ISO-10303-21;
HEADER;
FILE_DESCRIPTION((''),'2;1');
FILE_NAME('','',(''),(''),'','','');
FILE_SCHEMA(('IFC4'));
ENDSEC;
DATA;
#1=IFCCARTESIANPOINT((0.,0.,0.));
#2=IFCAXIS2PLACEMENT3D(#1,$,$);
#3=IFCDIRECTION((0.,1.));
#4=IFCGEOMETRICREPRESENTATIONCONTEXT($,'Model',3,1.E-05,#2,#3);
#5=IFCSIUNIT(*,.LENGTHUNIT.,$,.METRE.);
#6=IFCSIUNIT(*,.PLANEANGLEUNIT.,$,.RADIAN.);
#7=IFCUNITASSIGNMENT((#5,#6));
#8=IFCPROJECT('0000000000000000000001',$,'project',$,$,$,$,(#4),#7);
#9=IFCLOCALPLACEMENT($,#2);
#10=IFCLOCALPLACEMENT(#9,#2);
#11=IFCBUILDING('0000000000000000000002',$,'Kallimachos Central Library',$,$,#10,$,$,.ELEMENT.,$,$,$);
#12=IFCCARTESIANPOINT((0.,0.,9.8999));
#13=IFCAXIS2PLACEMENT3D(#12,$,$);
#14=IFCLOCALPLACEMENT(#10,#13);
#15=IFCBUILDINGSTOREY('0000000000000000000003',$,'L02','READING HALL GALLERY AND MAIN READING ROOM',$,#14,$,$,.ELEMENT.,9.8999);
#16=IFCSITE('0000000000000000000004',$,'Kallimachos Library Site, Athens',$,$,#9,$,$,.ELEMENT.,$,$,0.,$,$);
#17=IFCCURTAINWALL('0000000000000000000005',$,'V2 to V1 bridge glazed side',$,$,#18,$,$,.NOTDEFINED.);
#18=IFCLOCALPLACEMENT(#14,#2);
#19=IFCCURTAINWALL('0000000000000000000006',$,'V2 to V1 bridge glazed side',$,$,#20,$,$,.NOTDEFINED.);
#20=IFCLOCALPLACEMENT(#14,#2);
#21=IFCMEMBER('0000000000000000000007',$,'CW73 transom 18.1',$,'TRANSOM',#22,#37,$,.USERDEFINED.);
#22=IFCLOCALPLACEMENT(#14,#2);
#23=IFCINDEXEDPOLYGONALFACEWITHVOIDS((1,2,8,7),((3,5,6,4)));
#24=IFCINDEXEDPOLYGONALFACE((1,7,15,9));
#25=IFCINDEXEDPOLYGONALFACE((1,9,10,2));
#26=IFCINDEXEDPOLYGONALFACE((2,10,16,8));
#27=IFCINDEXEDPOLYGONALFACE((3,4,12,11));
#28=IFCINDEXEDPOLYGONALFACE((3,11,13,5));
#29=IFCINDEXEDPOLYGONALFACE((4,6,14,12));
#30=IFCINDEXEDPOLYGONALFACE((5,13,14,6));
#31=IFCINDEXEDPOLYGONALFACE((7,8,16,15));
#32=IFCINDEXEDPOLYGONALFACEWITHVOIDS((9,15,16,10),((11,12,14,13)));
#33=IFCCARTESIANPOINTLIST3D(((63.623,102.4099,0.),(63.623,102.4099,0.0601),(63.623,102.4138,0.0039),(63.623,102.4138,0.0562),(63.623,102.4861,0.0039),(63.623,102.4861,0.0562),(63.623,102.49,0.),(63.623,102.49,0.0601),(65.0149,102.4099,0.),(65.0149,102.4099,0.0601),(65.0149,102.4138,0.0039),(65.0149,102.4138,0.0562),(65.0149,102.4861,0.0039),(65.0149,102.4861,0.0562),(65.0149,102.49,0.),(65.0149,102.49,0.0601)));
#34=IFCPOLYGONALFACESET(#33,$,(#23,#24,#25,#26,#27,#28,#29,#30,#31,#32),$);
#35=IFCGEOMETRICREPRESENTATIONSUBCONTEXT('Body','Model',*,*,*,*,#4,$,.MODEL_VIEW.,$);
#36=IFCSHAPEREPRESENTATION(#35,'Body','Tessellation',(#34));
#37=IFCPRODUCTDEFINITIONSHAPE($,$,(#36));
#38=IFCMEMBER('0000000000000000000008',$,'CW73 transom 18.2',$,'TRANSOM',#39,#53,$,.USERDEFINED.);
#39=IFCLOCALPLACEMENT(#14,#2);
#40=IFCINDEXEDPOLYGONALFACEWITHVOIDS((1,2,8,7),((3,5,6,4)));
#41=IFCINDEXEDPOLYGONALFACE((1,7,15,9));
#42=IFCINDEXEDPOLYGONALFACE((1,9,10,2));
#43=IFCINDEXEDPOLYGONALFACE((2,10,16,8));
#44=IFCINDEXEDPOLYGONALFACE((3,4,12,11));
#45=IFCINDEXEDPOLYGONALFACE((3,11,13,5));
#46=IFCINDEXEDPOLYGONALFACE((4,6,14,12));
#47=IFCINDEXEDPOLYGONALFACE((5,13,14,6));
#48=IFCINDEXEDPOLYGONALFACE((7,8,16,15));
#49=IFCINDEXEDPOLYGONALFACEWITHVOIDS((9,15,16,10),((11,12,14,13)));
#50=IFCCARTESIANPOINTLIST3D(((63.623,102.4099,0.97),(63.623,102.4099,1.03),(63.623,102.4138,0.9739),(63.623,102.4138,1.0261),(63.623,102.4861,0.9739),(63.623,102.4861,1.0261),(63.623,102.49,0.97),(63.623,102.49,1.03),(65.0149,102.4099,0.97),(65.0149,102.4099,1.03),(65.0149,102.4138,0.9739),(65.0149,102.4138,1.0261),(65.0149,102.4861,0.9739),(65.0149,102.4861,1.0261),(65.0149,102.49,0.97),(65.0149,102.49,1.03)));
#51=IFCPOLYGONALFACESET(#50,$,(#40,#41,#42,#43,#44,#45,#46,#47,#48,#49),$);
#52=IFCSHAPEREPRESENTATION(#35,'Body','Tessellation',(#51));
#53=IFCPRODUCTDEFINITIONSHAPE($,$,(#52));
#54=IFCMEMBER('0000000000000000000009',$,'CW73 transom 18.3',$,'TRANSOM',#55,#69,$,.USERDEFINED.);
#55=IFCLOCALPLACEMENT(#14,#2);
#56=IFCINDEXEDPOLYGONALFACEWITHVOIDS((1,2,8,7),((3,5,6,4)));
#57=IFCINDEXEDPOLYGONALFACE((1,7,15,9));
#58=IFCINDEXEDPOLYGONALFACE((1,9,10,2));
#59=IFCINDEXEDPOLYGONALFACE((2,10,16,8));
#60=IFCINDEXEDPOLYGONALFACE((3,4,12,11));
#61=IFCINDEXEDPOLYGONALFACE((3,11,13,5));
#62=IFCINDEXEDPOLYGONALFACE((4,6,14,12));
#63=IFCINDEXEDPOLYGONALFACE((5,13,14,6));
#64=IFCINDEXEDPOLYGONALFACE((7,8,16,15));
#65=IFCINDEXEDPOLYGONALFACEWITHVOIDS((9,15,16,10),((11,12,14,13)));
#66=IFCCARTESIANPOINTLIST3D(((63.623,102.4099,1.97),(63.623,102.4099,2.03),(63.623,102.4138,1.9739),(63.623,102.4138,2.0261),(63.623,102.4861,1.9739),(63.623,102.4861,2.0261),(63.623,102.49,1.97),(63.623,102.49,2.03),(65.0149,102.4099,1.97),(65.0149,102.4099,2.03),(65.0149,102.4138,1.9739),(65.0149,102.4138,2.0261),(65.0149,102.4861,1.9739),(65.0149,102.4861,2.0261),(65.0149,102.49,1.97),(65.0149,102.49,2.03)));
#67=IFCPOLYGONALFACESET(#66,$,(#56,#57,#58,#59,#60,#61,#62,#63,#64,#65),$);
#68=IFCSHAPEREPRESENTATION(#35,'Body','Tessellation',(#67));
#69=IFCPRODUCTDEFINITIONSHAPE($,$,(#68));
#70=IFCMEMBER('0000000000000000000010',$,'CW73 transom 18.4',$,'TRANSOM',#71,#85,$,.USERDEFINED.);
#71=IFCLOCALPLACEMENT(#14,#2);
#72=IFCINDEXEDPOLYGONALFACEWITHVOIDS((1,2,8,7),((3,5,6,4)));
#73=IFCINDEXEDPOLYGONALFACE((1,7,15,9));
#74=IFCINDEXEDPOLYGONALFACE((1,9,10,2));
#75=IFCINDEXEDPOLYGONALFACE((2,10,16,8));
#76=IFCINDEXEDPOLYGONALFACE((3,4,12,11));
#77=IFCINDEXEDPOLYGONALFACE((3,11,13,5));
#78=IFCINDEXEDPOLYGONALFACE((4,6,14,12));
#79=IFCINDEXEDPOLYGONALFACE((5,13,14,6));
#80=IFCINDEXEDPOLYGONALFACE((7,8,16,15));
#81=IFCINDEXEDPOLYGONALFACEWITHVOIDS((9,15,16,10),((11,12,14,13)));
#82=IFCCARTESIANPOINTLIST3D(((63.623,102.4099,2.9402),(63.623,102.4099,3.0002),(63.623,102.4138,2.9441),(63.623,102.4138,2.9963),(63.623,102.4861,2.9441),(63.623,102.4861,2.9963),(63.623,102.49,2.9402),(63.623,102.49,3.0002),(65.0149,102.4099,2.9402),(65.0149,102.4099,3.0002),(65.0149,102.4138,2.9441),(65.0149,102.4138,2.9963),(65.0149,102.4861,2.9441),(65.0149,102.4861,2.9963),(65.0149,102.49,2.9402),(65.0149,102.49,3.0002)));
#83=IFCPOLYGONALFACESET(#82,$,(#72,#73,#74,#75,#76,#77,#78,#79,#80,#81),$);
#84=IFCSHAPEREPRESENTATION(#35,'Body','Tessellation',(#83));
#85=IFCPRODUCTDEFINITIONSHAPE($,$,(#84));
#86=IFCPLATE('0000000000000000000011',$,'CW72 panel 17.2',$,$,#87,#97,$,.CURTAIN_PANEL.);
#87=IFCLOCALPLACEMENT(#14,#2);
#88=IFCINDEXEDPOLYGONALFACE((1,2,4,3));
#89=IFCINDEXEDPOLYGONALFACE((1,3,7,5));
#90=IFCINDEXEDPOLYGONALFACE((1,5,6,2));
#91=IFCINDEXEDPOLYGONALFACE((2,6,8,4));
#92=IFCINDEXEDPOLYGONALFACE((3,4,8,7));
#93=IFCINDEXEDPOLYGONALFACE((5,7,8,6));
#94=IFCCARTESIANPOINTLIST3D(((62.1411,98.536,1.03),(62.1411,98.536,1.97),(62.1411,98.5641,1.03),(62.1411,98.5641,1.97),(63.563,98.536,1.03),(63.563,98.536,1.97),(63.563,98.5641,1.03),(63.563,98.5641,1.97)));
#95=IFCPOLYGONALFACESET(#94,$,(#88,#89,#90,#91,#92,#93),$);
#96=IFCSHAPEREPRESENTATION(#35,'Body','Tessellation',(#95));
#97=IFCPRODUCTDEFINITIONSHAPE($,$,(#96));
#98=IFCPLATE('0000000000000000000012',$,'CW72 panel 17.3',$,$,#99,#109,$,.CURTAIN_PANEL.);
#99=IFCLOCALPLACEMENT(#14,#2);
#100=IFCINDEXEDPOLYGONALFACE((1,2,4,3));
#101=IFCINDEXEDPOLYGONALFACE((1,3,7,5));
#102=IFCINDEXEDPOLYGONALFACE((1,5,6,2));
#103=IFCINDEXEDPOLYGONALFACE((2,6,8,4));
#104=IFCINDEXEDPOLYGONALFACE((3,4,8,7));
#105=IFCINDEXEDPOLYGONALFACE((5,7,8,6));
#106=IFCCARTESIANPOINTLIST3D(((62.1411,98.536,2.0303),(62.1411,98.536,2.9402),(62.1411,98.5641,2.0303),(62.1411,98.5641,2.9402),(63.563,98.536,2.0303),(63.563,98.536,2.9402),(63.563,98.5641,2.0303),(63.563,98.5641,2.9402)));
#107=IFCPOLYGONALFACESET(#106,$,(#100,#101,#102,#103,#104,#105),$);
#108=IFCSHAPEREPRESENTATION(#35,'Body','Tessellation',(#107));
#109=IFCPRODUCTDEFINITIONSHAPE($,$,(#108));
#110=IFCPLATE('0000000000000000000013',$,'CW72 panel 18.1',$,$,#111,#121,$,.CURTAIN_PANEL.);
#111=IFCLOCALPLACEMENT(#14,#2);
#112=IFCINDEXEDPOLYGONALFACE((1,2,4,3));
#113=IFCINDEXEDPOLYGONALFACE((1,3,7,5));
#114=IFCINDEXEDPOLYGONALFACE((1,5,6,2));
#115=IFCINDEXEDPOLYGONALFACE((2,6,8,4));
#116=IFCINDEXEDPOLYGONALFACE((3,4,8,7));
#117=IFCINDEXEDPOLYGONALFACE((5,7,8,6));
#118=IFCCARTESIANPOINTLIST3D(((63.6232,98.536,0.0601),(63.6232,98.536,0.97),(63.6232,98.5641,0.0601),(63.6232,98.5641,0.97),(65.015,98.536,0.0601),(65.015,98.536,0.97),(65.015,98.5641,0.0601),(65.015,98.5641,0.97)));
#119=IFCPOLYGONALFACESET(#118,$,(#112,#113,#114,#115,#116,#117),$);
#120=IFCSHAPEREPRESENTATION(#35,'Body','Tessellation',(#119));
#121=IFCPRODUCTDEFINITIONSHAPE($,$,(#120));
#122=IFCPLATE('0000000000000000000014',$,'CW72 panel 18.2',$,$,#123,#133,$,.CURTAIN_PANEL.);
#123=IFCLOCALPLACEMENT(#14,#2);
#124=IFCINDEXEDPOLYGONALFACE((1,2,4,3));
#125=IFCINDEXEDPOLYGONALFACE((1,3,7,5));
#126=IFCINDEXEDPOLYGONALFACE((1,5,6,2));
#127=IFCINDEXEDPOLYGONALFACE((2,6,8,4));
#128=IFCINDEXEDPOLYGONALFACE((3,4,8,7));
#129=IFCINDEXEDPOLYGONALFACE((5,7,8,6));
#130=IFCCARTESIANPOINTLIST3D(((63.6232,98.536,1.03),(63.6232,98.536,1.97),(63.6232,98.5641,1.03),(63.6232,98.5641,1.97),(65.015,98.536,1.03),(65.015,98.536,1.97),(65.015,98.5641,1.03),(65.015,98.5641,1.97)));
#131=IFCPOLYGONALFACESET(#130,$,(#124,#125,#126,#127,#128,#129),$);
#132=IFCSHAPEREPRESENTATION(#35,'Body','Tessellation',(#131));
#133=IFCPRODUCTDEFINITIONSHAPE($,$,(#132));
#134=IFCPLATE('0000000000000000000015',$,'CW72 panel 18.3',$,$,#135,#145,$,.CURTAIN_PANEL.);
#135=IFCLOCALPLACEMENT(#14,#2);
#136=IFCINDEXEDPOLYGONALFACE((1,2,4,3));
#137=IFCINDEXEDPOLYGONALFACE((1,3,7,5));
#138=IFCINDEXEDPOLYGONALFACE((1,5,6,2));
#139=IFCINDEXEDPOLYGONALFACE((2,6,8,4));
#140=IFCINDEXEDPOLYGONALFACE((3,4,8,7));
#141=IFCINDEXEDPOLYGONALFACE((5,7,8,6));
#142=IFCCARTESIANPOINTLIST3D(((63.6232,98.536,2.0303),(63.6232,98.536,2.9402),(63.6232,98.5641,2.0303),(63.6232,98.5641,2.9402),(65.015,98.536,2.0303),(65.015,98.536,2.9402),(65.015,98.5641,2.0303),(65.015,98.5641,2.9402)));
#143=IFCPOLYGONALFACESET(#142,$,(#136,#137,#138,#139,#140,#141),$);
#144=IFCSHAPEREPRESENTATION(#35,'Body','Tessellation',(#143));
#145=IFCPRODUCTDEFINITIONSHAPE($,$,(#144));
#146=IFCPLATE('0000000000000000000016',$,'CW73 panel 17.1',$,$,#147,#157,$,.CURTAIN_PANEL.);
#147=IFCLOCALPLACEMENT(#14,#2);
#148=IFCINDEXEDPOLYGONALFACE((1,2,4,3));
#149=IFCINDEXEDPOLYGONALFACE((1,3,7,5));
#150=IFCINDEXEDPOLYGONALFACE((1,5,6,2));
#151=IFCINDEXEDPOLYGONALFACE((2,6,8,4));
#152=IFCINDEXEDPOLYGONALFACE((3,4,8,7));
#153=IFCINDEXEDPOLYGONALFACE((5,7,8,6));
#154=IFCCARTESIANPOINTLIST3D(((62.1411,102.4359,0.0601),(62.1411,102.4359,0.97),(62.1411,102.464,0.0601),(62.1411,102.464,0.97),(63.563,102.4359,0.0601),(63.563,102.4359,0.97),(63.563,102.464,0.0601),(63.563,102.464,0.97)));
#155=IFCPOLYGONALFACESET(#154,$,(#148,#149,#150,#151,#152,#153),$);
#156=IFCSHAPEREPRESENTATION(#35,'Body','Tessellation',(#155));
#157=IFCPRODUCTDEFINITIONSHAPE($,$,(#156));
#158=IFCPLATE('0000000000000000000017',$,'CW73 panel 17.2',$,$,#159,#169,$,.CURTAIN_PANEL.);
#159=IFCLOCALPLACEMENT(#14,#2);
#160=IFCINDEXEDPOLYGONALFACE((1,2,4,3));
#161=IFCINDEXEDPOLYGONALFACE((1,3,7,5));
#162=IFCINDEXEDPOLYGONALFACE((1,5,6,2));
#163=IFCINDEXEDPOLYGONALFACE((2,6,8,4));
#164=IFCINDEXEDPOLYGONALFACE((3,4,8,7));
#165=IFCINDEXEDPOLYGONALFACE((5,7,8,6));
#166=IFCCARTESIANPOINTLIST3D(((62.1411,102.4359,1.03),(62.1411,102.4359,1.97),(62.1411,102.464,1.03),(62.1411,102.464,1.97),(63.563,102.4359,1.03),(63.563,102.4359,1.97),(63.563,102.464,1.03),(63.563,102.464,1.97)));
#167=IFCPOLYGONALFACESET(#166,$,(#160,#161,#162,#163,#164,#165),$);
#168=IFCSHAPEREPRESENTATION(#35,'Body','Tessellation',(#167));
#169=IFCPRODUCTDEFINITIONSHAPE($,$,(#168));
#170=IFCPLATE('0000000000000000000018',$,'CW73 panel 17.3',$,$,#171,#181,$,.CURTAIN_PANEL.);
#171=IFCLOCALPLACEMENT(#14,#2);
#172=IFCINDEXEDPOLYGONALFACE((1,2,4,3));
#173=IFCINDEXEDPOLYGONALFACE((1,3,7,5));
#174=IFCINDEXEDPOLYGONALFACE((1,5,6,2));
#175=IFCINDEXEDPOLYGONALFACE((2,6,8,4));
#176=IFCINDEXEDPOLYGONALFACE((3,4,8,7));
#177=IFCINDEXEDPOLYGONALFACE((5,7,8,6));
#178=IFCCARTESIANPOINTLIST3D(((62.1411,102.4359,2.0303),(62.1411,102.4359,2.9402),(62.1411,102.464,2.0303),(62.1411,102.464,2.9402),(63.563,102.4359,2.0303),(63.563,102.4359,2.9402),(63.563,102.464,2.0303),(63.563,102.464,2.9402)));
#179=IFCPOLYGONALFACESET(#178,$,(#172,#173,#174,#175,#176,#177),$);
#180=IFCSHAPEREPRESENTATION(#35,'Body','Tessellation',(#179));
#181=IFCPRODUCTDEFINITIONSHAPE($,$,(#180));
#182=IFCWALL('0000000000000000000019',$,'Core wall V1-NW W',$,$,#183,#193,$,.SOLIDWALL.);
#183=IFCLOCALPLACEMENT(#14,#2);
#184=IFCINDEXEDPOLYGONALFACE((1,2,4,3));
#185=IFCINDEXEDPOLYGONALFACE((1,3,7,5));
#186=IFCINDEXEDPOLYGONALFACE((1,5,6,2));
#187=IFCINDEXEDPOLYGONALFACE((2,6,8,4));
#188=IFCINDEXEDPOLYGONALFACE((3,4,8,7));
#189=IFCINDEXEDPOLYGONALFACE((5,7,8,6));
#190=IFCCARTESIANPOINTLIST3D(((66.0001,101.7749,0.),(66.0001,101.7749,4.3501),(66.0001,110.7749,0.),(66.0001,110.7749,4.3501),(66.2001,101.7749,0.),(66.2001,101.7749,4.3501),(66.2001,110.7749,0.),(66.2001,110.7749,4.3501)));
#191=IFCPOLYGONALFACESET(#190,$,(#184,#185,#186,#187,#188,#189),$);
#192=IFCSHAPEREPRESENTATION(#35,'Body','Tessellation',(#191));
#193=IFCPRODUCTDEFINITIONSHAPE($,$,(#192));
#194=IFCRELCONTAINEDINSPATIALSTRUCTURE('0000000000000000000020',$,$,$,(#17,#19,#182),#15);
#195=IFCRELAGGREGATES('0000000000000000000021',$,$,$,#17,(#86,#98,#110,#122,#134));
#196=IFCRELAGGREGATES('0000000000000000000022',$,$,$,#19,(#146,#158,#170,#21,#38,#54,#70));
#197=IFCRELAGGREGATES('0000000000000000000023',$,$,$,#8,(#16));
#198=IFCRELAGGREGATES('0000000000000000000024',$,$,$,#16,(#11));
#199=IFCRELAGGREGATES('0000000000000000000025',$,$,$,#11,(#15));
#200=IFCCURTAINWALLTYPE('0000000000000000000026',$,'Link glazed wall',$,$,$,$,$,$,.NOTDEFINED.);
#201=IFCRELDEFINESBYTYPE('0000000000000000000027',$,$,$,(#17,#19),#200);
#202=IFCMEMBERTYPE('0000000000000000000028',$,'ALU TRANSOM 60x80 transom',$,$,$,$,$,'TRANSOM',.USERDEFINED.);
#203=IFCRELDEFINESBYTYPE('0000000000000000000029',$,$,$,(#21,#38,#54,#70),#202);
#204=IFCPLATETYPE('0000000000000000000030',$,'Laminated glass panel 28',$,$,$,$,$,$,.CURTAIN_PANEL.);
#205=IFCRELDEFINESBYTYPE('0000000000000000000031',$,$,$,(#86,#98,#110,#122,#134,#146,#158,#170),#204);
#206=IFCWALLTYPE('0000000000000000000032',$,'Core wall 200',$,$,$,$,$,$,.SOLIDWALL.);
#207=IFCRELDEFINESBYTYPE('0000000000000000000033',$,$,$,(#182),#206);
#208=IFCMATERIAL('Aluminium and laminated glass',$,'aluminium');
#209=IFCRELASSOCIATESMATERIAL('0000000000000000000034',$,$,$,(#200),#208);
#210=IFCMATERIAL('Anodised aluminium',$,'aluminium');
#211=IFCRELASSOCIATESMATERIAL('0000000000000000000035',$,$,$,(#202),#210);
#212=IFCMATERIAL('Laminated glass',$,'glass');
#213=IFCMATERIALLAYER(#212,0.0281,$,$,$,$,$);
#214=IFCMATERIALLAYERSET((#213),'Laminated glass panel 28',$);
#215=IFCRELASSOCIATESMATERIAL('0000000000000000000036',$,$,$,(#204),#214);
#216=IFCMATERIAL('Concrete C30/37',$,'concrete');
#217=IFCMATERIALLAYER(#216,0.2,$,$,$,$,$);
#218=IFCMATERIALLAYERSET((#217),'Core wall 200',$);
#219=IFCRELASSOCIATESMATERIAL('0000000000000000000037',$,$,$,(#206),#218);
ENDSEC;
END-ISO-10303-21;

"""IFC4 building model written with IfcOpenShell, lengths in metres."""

from ifc_helpers import new_model, si_unit, direction, frame, frame_2d, origin, origin_2d, place, context, subcontext, project, spatial, rectangle, hollow_rectangle, extrude, material, layer, layer_set, material_profile, profile_set, type_object, element, aggregate, save


model = new_model("IFC4")

# Units and contexts
model_context = context("Model", 3, precision=1e-05, world=origin(), true_north=direction((0.0, 1.0)))
body_context = subcontext(model_context, "Body", "Model", "MODEL_VIEW")
ifc_project = project(units=[si_unit("LENGTHUNIT", "METRE"), si_unit("PLANEANGLEUNIT", "RADIAN")], contexts=[model_context])

# Site, building, storey
site_placement = place(None, origin())
site = spatial("IfcSite", under=ifc_project, at=site_placement, Name="Kallimachos Library Site, Athens", CompositionType="ELEMENT", RefElevation=0.0)
building_placement = place(site_placement, origin())
building = spatial("IfcBuilding", under=site, at=building_placement, Name="Kallimachos Central Library", CompositionType="ELEMENT")
storey_placement = place(building_placement, frame((0.0, 0.0, 9.8999)))
storey = spatial("IfcBuildingStorey", under=building, at=storey_placement, Name="L02", Description="READING HALL GALLERY AND MAIN READING ROOM", CompositionType="ELEMENT", Elevation=9.8999)

# Curtain wall
ifc_material_1 = material(Name="Aluminium and laminated glass", Category="aluminium")
curtain_wall_type = type_object("IfcCurtainWallType", Name="Link glazed wall", PredefinedType="NOTDEFINED", material=ifc_material_1)
curtain_wall_1_placement = place(storey_placement, origin())
curtain_wall_1 = element("IfcCurtainWall", 1, at=curtain_wall_1_placement, inside=storey, type_object=curtain_wall_type, Name="V2 to V1 bridge glazed side", PredefinedType="NOTDEFINED")

# Curtain wall
curtain_wall_2_placement = place(storey_placement, origin())
curtain_wall_2 = element("IfcCurtainWall", 2, at=curtain_wall_2_placement, inside=storey, type_object=curtain_wall_type, Name="V2 to V1 bridge glazed side", PredefinedType="NOTDEFINED")

# Members
ifc_material_2 = material(Name="Anodised aluminium", Category="aluminium")
ifc_material_profile_1 = material_profile(ifc_material_2, hollow_rectangle(XDim=0.0601, YDim=0.0801, WallThickness=0.0039, at=origin_2d()), Name="ALU TRANSOM 60x80")
ifc_profile_set_1 = profile_set([ifc_material_profile_1], Name="Anodised aluminium")
member_type_1 = type_object("IfcMemberType", Name="ALU TRANSOM 60x80 transom", ElementType="TRANSOM", PredefinedType="USERDEFINED", material=ifc_profile_set_1)
member_1_placement = place(storey_placement, frame((63.623, 102.45, 0.03), z_axis=(1.0, 0.0, 0.0), x_axis=(0.0, 0.0, 1.0)))
member_1 = element("IfcMember", 3, at=member_1_placement, type_object=member_type_1, Name="CW73 transom 18.1", ObjectType="TRANSOM", PredefinedType="USERDEFINED", context=body_context, shape_type="SweptSolid", body=[
    extrude(hollow_rectangle(XDim=0.0601, YDim=0.0801, WallThickness=0.0039, at=origin_2d()), origin(), (0.0, 0.0, 1.0), 1.3918),
])
member_2_placement = place(storey_placement, frame((63.623, 102.45, 1.0), z_axis=(1.0, 0.0, 0.0), x_axis=(0.0, 0.0, 1.0)))
member_2 = element("IfcMember", 4, at=member_2_placement, type_object=member_type_1, Name="CW73 transom 18.2", ObjectType="TRANSOM", PredefinedType="USERDEFINED", context=body_context, shape_type="SweptSolid", body=[
    extrude(hollow_rectangle(XDim=0.0601, YDim=0.0801, WallThickness=0.0039, at=origin_2d()), origin(), (0.0, 0.0, 1.0), 1.3918),
])
member_3_placement = place(storey_placement, frame((63.623, 102.45, 2.0), z_axis=(1.0, 0.0, 0.0), x_axis=(0.0, 0.0, 1.0)))
member_3 = element("IfcMember", 5, at=member_3_placement, type_object=member_type_1, Name="CW73 transom 18.3", ObjectType="TRANSOM", PredefinedType="USERDEFINED", context=body_context, shape_type="SweptSolid", body=[
    extrude(hollow_rectangle(XDim=0.0601, YDim=0.0801, WallThickness=0.0039, at=origin_2d()), origin(), (0.0, 0.0, 1.0), 1.3918),
])
member_4_placement = place(storey_placement, frame((63.623, 102.45, 2.9702), z_axis=(1.0, 0.0, 0.0), x_axis=(0.0, 0.0, 1.0)))
member_4 = element("IfcMember", 6, at=member_4_placement, type_object=member_type_1, Name="CW73 transom 18.4", ObjectType="TRANSOM", PredefinedType="USERDEFINED", context=body_context, shape_type="SweptSolid", body=[
    extrude(hollow_rectangle(XDim=0.0601, YDim=0.0801, WallThickness=0.0039, at=origin_2d()), origin(), (0.0, 0.0, 1.0), 1.3918),
])

# Plates
ifc_material_3 = material(Name="Laminated glass", Category="glass")
ifc_layer_1 = layer(ifc_material_3, 0.0281)
ifc_layer_set_1 = layer_set([ifc_layer_1], Name="Laminated glass panel 28")
plate_type = type_object("IfcPlateType", Name="Laminated glass panel 28", PredefinedType="CURTAIN_PANEL", material=ifc_layer_set_1)
plate_1_placement = place(storey_placement, frame((62.8521, 98.55, 1.03), z_axis=(0.0, 0.0, 1.0), x_axis=(1.0, 0.0, 0.0)))
plate_1 = element("IfcPlate", 7, at=plate_1_placement, type_object=plate_type, Name="CW72 panel 17.2", PredefinedType="CURTAIN_PANEL", context=body_context, shape_type="SweptSolid", body=[
    extrude(rectangle(XDim=1.4219, YDim=0.0281, at=origin_2d()), origin(), (0.0, 0.0, 1.0), 0.9399),
])
plate_2_placement = place(storey_placement, frame((62.8521, 98.55, 2.0303), z_axis=(0.0, 0.0, 1.0), x_axis=(1.0, 0.0, 0.0)))
plate_2 = element("IfcPlate", 8, at=plate_2_placement, type_object=plate_type, Name="CW72 panel 17.3", PredefinedType="CURTAIN_PANEL", context=body_context, shape_type="SweptSolid", body=[
    extrude(rectangle(XDim=1.4219, YDim=0.0281, at=origin_2d()), origin(), (0.0, 0.0, 1.0), 0.9099),
])
plate_3_placement = place(storey_placement, frame((64.3191, 98.55, 0.0601), z_axis=(0.0, 0.0, 1.0), x_axis=(1.0, 0.0, 0.0)))
plate_3 = element("IfcPlate", 9, at=plate_3_placement, type_object=plate_type, Name="CW72 panel 18.1", PredefinedType="CURTAIN_PANEL", context=body_context, shape_type="SweptSolid", body=[
    extrude(rectangle(XDim=1.3918, YDim=0.0281, at=origin_2d()), origin(), (0.0, 0.0, 1.0), 0.9099),
])
plate_4_placement = place(storey_placement, frame((64.3191, 98.55, 1.03), z_axis=(0.0, 0.0, 1.0), x_axis=(1.0, 0.0, 0.0)))
plate_4 = element("IfcPlate", 10, at=plate_4_placement, type_object=plate_type, Name="CW72 panel 18.2", PredefinedType="CURTAIN_PANEL", context=body_context, shape_type="SweptSolid", body=[
    extrude(rectangle(XDim=1.3918, YDim=0.0281, at=origin_2d()), origin(), (0.0, 0.0, 1.0), 0.9399),
])
plate_5_placement = place(storey_placement, frame((64.3191, 98.55, 2.0303), z_axis=(0.0, 0.0, 1.0), x_axis=(1.0, 0.0, 0.0)))
plate_5 = element("IfcPlate", 11, at=plate_5_placement, type_object=plate_type, Name="CW72 panel 18.3", PredefinedType="CURTAIN_PANEL", context=body_context, shape_type="SweptSolid", body=[
    extrude(rectangle(XDim=1.3918, YDim=0.0281, at=origin_2d()), origin(), (0.0, 0.0, 1.0), 0.9099),
])
aggregate(curtain_wall_1, [plate_1, plate_2, plate_3, plate_4, plate_5])
plate_6_placement = place(storey_placement, frame((62.8521, 102.45, 0.0601), z_axis=(0.0, 0.0, 1.0), x_axis=(1.0, 0.0, 0.0)))
plate_6 = element("IfcPlate", 12, at=plate_6_placement, type_object=plate_type, Name="CW73 panel 17.1", PredefinedType="CURTAIN_PANEL", context=body_context, shape_type="SweptSolid", body=[
    extrude(rectangle(XDim=1.4219, YDim=0.0281, at=origin_2d()), origin(), (0.0, 0.0, 1.0), 0.9099),
])
plate_7_placement = place(storey_placement, frame((62.8521, 102.45, 1.03), z_axis=(0.0, 0.0, 1.0), x_axis=(1.0, 0.0, 0.0)))
plate_7 = element("IfcPlate", 13, at=plate_7_placement, type_object=plate_type, Name="CW73 panel 17.2", PredefinedType="CURTAIN_PANEL", context=body_context, shape_type="SweptSolid", body=[
    extrude(rectangle(XDim=1.4219, YDim=0.0281, at=origin_2d()), origin(), (0.0, 0.0, 1.0), 0.9399),
])
plate_8_placement = place(storey_placement, frame((62.8521, 102.45, 2.0303), z_axis=(0.0, 0.0, 1.0), x_axis=(1.0, 0.0, 0.0)))
plate_8 = element("IfcPlate", 14, at=plate_8_placement, type_object=plate_type, Name="CW73 panel 17.3", PredefinedType="CURTAIN_PANEL", context=body_context, shape_type="SweptSolid", body=[
    extrude(rectangle(XDim=1.4219, YDim=0.0281, at=origin_2d()), origin(), (0.0, 0.0, 1.0), 0.9099),
])
aggregate(curtain_wall_2, [plate_6, plate_7, plate_8, member_1, member_2, member_3, member_4])

# Wall
ifc_material_4 = material(Name="Concrete C30/37", Category="concrete")
ifc_layer_2 = layer(ifc_material_4, 0.2)
ifc_layer_set_2 = layer_set([ifc_layer_2], Name="Core wall 200")
wall_type = type_object("IfcWallType", Name="Core wall 200", PredefinedType="SOLIDWALL", material=ifc_layer_set_2)
wall_1_placement = place(storey_placement, frame((66.1001, 101.7749, 0.0), z_axis=(0.0, 0.0, 1.0), x_axis=(0.0, 1.0, 0.0)))
element("IfcWall", 15, at=wall_1_placement, inside=storey, type_object=wall_type, Name="Core wall V1-NW W", PredefinedType="SOLIDWALL", context=body_context, shape_type="SweptSolid", body=[
    extrude(rectangle(XDim=9.0, YDim=0.2, at=frame_2d((4.5, 0.0))), origin(), (0.0, 0.0, 1.0), 4.3501),
])

save(model, "model.ifc")
